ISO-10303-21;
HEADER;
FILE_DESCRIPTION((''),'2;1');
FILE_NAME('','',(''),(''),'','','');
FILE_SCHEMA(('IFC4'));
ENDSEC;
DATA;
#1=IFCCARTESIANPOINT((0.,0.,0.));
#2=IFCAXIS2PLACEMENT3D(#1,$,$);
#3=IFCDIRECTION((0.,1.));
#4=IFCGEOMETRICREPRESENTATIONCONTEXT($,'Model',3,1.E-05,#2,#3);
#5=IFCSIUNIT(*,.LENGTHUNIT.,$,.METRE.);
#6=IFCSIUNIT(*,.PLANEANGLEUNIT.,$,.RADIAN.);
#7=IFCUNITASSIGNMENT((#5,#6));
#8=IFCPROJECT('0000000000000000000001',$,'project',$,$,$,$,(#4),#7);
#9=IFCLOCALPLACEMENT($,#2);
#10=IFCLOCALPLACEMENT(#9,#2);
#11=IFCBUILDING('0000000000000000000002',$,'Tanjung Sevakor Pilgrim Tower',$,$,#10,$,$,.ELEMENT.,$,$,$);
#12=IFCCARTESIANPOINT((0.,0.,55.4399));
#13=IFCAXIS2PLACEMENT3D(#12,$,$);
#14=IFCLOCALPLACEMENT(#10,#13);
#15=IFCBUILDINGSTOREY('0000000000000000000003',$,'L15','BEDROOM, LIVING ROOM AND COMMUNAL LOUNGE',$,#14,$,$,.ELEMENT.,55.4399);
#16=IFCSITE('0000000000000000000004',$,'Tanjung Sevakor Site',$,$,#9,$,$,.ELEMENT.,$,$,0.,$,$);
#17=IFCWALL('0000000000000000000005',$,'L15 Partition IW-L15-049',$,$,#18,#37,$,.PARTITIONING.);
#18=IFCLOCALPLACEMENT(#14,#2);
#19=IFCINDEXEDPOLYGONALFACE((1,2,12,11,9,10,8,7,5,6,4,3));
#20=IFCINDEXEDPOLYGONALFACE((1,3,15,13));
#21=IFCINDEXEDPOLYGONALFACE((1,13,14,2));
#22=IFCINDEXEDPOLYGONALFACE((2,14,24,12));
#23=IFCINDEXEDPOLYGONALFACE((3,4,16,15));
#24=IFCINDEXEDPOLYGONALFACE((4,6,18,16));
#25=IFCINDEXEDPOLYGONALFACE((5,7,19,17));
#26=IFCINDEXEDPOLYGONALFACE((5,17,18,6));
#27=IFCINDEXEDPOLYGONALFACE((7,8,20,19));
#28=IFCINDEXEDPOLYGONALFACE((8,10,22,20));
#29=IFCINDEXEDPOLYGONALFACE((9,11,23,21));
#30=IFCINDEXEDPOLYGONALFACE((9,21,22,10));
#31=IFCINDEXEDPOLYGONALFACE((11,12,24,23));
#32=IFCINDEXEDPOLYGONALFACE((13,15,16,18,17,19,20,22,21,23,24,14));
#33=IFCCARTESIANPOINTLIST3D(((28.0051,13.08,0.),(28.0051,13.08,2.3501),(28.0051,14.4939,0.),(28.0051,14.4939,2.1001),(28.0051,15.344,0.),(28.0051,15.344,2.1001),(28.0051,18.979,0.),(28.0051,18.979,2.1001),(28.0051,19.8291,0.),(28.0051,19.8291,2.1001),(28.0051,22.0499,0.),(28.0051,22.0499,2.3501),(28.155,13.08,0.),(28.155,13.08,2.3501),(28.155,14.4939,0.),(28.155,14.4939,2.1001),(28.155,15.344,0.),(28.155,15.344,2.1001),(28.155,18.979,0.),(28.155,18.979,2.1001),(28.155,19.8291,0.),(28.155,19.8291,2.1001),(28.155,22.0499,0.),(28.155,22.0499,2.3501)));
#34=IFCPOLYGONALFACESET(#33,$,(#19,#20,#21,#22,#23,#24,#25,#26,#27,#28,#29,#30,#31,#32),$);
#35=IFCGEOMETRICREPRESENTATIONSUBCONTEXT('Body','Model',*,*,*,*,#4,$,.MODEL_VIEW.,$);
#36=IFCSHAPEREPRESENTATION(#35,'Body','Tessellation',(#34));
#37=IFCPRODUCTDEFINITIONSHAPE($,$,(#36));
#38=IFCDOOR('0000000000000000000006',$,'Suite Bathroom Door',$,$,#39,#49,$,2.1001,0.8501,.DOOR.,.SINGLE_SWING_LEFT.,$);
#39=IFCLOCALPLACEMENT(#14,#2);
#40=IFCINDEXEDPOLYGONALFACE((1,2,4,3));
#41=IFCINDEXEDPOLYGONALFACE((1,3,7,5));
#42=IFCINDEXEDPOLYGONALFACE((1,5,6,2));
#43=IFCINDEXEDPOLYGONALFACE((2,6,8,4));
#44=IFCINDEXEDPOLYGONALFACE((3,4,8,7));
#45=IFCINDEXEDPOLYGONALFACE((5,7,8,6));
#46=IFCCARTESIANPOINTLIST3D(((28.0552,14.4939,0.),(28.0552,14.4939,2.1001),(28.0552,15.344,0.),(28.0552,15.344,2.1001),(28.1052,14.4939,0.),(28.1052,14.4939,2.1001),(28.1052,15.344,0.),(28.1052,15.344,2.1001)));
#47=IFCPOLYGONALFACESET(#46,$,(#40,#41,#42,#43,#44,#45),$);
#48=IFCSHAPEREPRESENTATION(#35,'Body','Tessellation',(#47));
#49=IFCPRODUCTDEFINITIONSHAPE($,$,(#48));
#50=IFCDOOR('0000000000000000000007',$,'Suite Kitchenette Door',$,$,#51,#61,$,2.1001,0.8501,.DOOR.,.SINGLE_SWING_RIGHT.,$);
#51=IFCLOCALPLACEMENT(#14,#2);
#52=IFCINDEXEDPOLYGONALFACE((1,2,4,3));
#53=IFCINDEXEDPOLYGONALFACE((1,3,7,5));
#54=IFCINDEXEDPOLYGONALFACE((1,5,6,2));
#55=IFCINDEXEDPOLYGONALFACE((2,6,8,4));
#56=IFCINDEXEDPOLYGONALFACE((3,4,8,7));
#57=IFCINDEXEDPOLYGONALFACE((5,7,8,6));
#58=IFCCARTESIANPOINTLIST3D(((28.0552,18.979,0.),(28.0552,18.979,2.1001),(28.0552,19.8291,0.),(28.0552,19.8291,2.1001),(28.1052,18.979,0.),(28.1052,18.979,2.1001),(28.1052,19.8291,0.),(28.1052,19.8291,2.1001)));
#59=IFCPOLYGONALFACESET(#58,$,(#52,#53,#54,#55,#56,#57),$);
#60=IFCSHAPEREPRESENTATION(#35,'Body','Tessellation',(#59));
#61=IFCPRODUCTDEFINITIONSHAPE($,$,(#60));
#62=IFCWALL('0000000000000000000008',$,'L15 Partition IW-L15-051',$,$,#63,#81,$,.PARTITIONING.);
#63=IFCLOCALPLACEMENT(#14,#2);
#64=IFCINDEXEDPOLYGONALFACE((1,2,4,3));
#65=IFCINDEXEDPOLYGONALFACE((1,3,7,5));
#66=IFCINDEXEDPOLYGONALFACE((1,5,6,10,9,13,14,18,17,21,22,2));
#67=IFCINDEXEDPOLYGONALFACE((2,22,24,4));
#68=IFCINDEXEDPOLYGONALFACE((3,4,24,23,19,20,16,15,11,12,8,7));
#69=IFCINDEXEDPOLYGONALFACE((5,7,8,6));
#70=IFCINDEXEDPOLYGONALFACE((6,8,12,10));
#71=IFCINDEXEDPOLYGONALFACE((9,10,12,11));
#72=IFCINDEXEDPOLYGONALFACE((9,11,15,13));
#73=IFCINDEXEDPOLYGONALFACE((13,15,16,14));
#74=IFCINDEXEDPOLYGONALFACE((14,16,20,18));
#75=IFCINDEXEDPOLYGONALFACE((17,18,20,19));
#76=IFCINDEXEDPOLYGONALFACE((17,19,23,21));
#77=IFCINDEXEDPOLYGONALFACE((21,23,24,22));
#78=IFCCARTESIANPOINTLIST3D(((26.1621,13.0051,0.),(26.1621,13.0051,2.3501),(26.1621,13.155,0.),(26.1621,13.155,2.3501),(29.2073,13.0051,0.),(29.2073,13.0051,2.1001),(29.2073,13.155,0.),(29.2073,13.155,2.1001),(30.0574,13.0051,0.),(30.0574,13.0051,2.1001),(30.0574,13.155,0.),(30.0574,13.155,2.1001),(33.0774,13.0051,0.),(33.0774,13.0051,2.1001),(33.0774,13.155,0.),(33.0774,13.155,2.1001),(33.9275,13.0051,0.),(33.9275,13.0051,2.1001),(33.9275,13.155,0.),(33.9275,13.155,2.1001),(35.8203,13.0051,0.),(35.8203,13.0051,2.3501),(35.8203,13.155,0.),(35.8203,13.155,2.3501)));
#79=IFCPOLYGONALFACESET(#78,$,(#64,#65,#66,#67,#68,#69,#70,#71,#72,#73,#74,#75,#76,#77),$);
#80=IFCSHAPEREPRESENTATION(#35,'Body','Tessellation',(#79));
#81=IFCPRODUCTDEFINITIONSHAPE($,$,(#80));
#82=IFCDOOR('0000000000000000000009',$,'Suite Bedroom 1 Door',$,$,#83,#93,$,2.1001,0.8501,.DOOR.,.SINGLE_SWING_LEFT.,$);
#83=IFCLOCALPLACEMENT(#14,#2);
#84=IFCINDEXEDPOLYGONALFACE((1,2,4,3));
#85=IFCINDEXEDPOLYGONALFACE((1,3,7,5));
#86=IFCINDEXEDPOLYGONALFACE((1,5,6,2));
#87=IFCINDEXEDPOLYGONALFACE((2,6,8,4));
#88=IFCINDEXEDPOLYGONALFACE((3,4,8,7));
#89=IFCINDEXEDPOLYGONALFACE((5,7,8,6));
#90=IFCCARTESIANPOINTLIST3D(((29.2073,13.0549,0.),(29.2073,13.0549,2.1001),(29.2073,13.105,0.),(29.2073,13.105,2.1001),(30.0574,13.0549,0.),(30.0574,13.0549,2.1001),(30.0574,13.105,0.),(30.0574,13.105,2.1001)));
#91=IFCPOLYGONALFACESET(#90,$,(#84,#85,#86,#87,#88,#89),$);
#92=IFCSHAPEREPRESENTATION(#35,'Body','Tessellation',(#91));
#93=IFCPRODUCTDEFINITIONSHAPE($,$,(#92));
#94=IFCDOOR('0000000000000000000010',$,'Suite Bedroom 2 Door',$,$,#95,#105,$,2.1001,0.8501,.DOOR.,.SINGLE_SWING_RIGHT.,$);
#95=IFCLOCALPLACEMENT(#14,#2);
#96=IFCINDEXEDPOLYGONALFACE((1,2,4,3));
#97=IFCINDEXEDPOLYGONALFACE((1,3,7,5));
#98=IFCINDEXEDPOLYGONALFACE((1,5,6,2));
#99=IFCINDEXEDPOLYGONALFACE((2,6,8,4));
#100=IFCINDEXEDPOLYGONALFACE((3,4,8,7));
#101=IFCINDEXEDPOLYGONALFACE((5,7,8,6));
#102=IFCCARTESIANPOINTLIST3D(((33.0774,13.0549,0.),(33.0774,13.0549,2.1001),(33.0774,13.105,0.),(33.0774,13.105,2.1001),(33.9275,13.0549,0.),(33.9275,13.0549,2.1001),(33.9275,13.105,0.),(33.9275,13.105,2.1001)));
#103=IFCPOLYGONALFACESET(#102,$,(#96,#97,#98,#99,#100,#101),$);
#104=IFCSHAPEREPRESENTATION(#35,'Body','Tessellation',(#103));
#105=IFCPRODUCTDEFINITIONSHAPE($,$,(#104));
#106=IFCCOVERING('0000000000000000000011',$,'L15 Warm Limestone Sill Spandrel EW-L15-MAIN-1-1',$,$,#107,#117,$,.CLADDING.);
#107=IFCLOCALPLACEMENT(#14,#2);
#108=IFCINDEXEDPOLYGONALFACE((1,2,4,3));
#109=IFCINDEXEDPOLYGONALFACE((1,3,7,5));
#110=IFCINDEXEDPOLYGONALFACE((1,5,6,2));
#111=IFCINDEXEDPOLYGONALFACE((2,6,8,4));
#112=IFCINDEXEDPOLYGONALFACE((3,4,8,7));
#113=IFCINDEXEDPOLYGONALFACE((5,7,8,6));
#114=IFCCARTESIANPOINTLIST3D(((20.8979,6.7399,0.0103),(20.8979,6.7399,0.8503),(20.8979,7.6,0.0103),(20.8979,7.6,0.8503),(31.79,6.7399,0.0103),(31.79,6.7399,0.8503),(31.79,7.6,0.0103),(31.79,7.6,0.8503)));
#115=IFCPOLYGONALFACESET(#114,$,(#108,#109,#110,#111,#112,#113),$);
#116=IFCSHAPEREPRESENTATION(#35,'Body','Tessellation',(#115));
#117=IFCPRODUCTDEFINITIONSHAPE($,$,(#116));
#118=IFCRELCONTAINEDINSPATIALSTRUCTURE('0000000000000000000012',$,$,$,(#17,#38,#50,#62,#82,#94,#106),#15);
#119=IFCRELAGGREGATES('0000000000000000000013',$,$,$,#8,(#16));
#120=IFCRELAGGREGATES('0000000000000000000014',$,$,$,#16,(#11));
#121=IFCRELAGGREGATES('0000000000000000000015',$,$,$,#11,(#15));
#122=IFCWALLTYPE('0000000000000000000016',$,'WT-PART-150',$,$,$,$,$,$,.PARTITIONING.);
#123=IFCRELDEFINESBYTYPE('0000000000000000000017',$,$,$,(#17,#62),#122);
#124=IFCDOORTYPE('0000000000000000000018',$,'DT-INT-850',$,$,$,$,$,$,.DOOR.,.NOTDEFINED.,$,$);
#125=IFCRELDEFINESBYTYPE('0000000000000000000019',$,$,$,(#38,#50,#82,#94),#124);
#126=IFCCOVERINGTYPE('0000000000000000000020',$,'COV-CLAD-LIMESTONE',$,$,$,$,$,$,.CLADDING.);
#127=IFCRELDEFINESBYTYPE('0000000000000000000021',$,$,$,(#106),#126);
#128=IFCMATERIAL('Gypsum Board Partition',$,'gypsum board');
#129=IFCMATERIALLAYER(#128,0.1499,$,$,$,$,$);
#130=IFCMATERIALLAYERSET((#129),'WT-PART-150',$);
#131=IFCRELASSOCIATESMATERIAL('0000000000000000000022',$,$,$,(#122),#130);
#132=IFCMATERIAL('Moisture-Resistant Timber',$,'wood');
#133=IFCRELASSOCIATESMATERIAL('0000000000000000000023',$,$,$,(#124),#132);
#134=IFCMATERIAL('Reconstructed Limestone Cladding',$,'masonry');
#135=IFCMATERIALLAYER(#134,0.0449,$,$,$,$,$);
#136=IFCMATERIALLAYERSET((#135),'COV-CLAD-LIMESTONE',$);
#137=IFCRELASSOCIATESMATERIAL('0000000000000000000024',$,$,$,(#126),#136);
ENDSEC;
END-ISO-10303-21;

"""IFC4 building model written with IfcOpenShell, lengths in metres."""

from ifc_helpers import new_model, si_unit, direction, frame, frame_2d, origin, origin_2d, place, context, subcontext, project, spatial, rectangle, extrude, material, layer, layer_set, type_object, element, fill, save


model = new_model("IFC4")

# Units and contexts
model_context = context("Model", 3, precision=1e-05, world=origin(), true_north=direction((0.0, 1.0)))
body_context = subcontext(model_context, "Body", "Model", "MODEL_VIEW")
ifc_project = project(units=[si_unit("LENGTHUNIT", "METRE"), si_unit("PLANEANGLEUNIT", "RADIAN")], contexts=[model_context])

# Site, building, storey
site_placement = place(None, origin())
site = spatial("IfcSite", under=ifc_project, at=site_placement, Name="Tanjung Sevakor Site", CompositionType="ELEMENT", RefElevation=0.0)
building_placement = place(site_placement, origin())
building = spatial("IfcBuilding", under=site, at=building_placement, Name="Tanjung Sevakor Pilgrim Tower", CompositionType="ELEMENT")
storey_placement = place(building_placement, frame((0.0, 0.0, 55.4399)))
storey = spatial("IfcBuildingStorey", under=building, at=storey_placement, Name="L15", Description="BEDROOM, LIVING ROOM AND COMMUNAL LOUNGE", CompositionType="ELEMENT", Elevation=55.4399)

# Shared definitions
ifc_material_1 = material(Name="Gypsum Board Partition", Category="gypsum board")
ifc_layer_1 = layer(ifc_material_1, 0.1499)
ifc_layer_set_1 = layer_set([ifc_layer_1], Name="WT-PART-150")
wall_type_1 = type_object("IfcWallType", Name="WT-PART-150", PredefinedType="PARTITIONING", material=ifc_layer_set_1)

# Walls, openings, doors
wall_1_placement = place(storey_placement, frame((28.0801, 13.0801, 0.0), z_axis=(0.0, 0.0, 1.0), x_axis=(0.0, 1.0, 0.0)))
wall_1 = element("IfcWall", 1, at=wall_1_placement, inside=storey, type_object=wall_type_1, Name="L15 Partition IW-L15-049", PredefinedType="PARTITIONING", context=body_context, shape_type="SweptSolid", body=[
    extrude(rectangle(XDim=8.97, YDim=0.1499, at=frame_2d((4.4849, 0.0))), origin(), (0.0, 0.0, 1.0), 2.3501),
])
opening_1_placement = place(wall_1_placement, frame((1.4138, 0.0, 0.0)))
opening_1 = element("IfcOpeningElement", 2, at=opening_1_placement, cuts=wall_1, PredefinedType="OPENING", context=body_context, shape_type="SweptSolid", body=[
    extrude(rectangle(XDim=0.8501, YDim=2.1001, at=frame_2d((0.425, 1.05))), frame((0.0, 0.085, 0.0), z_axis=(0.0, -1.0, 0.0), x_axis=(1.0, 0.0, 0.0)), (0.0, 0.0, 1.0), 0.1699),
])
opening_2_placement = place(wall_1_placement, frame((5.8989, 0.0, 0.0)))
opening_2 = element("IfcOpeningElement", 3, at=opening_2_placement, cuts=wall_1, PredefinedType="OPENING", context=body_context, shape_type="SweptSolid", body=[
    extrude(rectangle(XDim=0.8501, YDim=2.1001, at=frame_2d((0.425, 1.05))), frame((0.0, 0.085, 0.0), z_axis=(0.0, -1.0, 0.0), x_axis=(1.0, 0.0, 0.0)), (0.0, 0.0, 1.0), 0.1699),
])
ifc_material_2 = material(Name="Moisture-Resistant Timber", Category="wood")
door_type = type_object("IfcDoorType", Name="DT-INT-850", OperationType="NOTDEFINED", PredefinedType="DOOR", material=ifc_material_2)
door_1_placement = place(opening_1_placement, origin())
door_1 = element("IfcDoor", 4, at=door_1_placement, inside=storey, type_object=door_type, Name="Suite Bathroom Door", OperationType="SINGLE_SWING_LEFT", OverallHeight=2.1001, OverallWidth=0.8501, PredefinedType="DOOR", context=body_context, shape_type="SweptSolid", body=[
    extrude(rectangle(XDim=0.8501, YDim=2.1001, at=frame_2d((0.425, 1.05))), frame((0.0, 0.0249, 0.0), z_axis=(0.0, -1.0, 0.0), x_axis=(1.0, 0.0, 0.0)), (0.0, 0.0, 1.0), 0.05),
])
fill(opening_1, door_1)
door_2_placement = place(opening_2_placement, origin())
door_2 = element("IfcDoor", 5, at=door_2_placement, inside=storey, type_object=door_type, Name="Suite Kitchenette Door", OperationType="SINGLE_SWING_RIGHT", OverallHeight=2.1001, OverallWidth=0.8501, PredefinedType="DOOR", context=body_context, shape_type="SweptSolid", body=[
    extrude(rectangle(XDim=0.8501, YDim=2.1001, at=frame_2d((0.425, 1.05))), frame((0.0, 0.0249, 0.0), z_axis=(0.0, -1.0, 0.0), x_axis=(1.0, 0.0, 0.0)), (0.0, 0.0, 1.0), 0.05),
])
fill(opening_2, door_2)
wall_2_placement = place(storey_placement, frame((26.1621, 13.0801, 0.0), z_axis=(0.0, 0.0, 1.0), x_axis=(1.0, 0.0, 0.0)))
wall_2 = element("IfcWall", 6, at=wall_2_placement, inside=storey, type_object=wall_type_1, Name="L15 Partition IW-L15-051", PredefinedType="PARTITIONING", context=body_context, shape_type="SweptSolid", body=[
    extrude(rectangle(XDim=9.6582, YDim=0.1499, at=frame_2d((4.8291, 0.0))), origin(), (0.0, 0.0, 1.0), 2.3501),
])
opening_3_placement = place(wall_2_placement, frame((3.0452, 0.0, 0.0)))
opening_3 = element("IfcOpeningElement", 7, at=opening_3_placement, cuts=wall_2, PredefinedType="OPENING", context=body_context, shape_type="SweptSolid", body=[
    extrude(rectangle(XDim=0.8501, YDim=2.1001, at=frame_2d((0.425, 1.05))), frame((0.0, 0.085, 0.0), z_axis=(0.0, -1.0, 0.0), x_axis=(1.0, 0.0, 0.0)), (0.0, 0.0, 1.0), 0.1699),
])
opening_4_placement = place(wall_2_placement, frame((6.9153, 0.0, 0.0)))
opening_4 = element("IfcOpeningElement", 8, at=opening_4_placement, cuts=wall_2, PredefinedType="OPENING", context=body_context, shape_type="SweptSolid", body=[
    extrude(rectangle(XDim=0.8501, YDim=2.1001, at=frame_2d((0.425, 1.05))), frame((0.0, 0.085, 0.0), z_axis=(0.0, -1.0, 0.0), x_axis=(1.0, 0.0, 0.0)), (0.0, 0.0, 1.0), 0.1699),
])
door_3_placement = place(opening_3_placement, origin())
door_3 = element("IfcDoor", 9, at=door_3_placement, inside=storey, type_object=door_type, Name="Suite Bedroom 1 Door", OperationType="SINGLE_SWING_LEFT", OverallHeight=2.1001, OverallWidth=0.8501, PredefinedType="DOOR", context=body_context, shape_type="SweptSolid", body=[
    extrude(rectangle(XDim=0.8501, YDim=2.1001, at=frame_2d((0.425, 1.05))), frame((0.0, 0.0249, 0.0), z_axis=(0.0, -1.0, 0.0), x_axis=(1.0, 0.0, 0.0)), (0.0, 0.0, 1.0), 0.05),
])
fill(opening_3, door_3)
door_4_placement = place(opening_4_placement, origin())
door_4 = element("IfcDoor", 10, at=door_4_placement, inside=storey, type_object=door_type, Name="Suite Bedroom 2 Door", OperationType="SINGLE_SWING_RIGHT", OverallHeight=2.1001, OverallWidth=0.8501, PredefinedType="DOOR", context=body_context, shape_type="SweptSolid", body=[
    extrude(rectangle(XDim=0.8501, YDim=2.1001, at=frame_2d((0.425, 1.05))), frame((0.0, 0.0249, 0.0), z_axis=(0.0, -1.0, 0.0), x_axis=(1.0, 0.0, 0.0)), (0.0, 0.0, 1.0), 0.05),
])
fill(opening_4, door_4)

# Covering
ifc_material_3 = material(Name="Reconstructed Limestone Cladding", Category="masonry")
ifc_layer_2 = layer(ifc_material_3, 0.0449)
ifc_layer_set_2 = layer_set([ifc_layer_2], Name="COV-CLAD-LIMESTONE")
covering_type = type_object("IfcCoveringType", Name="COV-CLAD-LIMESTONE", PredefinedType="CLADDING", material=ifc_layer_set_2)
covering_placement = place(storey_placement, frame((26.344, 7.1699, 0.0103), z_axis=(0.0, 0.0, 1.0), x_axis=(1.0, 0.0, 0.0)))
element("IfcCovering", 11, at=covering_placement, inside=storey, type_object=covering_type, Name="L15 Warm Limestone Sill Spandrel EW-L15-MAIN-1-1", PredefinedType="CLADDING", context=body_context, shape_type="SweptSolid", body=[
    extrude(rectangle(XDim=10.8921, YDim=0.8601, at=origin_2d()), origin(), (0.0, 0.0, 1.0), 0.8401),
])

save(model, "model.ifc")
